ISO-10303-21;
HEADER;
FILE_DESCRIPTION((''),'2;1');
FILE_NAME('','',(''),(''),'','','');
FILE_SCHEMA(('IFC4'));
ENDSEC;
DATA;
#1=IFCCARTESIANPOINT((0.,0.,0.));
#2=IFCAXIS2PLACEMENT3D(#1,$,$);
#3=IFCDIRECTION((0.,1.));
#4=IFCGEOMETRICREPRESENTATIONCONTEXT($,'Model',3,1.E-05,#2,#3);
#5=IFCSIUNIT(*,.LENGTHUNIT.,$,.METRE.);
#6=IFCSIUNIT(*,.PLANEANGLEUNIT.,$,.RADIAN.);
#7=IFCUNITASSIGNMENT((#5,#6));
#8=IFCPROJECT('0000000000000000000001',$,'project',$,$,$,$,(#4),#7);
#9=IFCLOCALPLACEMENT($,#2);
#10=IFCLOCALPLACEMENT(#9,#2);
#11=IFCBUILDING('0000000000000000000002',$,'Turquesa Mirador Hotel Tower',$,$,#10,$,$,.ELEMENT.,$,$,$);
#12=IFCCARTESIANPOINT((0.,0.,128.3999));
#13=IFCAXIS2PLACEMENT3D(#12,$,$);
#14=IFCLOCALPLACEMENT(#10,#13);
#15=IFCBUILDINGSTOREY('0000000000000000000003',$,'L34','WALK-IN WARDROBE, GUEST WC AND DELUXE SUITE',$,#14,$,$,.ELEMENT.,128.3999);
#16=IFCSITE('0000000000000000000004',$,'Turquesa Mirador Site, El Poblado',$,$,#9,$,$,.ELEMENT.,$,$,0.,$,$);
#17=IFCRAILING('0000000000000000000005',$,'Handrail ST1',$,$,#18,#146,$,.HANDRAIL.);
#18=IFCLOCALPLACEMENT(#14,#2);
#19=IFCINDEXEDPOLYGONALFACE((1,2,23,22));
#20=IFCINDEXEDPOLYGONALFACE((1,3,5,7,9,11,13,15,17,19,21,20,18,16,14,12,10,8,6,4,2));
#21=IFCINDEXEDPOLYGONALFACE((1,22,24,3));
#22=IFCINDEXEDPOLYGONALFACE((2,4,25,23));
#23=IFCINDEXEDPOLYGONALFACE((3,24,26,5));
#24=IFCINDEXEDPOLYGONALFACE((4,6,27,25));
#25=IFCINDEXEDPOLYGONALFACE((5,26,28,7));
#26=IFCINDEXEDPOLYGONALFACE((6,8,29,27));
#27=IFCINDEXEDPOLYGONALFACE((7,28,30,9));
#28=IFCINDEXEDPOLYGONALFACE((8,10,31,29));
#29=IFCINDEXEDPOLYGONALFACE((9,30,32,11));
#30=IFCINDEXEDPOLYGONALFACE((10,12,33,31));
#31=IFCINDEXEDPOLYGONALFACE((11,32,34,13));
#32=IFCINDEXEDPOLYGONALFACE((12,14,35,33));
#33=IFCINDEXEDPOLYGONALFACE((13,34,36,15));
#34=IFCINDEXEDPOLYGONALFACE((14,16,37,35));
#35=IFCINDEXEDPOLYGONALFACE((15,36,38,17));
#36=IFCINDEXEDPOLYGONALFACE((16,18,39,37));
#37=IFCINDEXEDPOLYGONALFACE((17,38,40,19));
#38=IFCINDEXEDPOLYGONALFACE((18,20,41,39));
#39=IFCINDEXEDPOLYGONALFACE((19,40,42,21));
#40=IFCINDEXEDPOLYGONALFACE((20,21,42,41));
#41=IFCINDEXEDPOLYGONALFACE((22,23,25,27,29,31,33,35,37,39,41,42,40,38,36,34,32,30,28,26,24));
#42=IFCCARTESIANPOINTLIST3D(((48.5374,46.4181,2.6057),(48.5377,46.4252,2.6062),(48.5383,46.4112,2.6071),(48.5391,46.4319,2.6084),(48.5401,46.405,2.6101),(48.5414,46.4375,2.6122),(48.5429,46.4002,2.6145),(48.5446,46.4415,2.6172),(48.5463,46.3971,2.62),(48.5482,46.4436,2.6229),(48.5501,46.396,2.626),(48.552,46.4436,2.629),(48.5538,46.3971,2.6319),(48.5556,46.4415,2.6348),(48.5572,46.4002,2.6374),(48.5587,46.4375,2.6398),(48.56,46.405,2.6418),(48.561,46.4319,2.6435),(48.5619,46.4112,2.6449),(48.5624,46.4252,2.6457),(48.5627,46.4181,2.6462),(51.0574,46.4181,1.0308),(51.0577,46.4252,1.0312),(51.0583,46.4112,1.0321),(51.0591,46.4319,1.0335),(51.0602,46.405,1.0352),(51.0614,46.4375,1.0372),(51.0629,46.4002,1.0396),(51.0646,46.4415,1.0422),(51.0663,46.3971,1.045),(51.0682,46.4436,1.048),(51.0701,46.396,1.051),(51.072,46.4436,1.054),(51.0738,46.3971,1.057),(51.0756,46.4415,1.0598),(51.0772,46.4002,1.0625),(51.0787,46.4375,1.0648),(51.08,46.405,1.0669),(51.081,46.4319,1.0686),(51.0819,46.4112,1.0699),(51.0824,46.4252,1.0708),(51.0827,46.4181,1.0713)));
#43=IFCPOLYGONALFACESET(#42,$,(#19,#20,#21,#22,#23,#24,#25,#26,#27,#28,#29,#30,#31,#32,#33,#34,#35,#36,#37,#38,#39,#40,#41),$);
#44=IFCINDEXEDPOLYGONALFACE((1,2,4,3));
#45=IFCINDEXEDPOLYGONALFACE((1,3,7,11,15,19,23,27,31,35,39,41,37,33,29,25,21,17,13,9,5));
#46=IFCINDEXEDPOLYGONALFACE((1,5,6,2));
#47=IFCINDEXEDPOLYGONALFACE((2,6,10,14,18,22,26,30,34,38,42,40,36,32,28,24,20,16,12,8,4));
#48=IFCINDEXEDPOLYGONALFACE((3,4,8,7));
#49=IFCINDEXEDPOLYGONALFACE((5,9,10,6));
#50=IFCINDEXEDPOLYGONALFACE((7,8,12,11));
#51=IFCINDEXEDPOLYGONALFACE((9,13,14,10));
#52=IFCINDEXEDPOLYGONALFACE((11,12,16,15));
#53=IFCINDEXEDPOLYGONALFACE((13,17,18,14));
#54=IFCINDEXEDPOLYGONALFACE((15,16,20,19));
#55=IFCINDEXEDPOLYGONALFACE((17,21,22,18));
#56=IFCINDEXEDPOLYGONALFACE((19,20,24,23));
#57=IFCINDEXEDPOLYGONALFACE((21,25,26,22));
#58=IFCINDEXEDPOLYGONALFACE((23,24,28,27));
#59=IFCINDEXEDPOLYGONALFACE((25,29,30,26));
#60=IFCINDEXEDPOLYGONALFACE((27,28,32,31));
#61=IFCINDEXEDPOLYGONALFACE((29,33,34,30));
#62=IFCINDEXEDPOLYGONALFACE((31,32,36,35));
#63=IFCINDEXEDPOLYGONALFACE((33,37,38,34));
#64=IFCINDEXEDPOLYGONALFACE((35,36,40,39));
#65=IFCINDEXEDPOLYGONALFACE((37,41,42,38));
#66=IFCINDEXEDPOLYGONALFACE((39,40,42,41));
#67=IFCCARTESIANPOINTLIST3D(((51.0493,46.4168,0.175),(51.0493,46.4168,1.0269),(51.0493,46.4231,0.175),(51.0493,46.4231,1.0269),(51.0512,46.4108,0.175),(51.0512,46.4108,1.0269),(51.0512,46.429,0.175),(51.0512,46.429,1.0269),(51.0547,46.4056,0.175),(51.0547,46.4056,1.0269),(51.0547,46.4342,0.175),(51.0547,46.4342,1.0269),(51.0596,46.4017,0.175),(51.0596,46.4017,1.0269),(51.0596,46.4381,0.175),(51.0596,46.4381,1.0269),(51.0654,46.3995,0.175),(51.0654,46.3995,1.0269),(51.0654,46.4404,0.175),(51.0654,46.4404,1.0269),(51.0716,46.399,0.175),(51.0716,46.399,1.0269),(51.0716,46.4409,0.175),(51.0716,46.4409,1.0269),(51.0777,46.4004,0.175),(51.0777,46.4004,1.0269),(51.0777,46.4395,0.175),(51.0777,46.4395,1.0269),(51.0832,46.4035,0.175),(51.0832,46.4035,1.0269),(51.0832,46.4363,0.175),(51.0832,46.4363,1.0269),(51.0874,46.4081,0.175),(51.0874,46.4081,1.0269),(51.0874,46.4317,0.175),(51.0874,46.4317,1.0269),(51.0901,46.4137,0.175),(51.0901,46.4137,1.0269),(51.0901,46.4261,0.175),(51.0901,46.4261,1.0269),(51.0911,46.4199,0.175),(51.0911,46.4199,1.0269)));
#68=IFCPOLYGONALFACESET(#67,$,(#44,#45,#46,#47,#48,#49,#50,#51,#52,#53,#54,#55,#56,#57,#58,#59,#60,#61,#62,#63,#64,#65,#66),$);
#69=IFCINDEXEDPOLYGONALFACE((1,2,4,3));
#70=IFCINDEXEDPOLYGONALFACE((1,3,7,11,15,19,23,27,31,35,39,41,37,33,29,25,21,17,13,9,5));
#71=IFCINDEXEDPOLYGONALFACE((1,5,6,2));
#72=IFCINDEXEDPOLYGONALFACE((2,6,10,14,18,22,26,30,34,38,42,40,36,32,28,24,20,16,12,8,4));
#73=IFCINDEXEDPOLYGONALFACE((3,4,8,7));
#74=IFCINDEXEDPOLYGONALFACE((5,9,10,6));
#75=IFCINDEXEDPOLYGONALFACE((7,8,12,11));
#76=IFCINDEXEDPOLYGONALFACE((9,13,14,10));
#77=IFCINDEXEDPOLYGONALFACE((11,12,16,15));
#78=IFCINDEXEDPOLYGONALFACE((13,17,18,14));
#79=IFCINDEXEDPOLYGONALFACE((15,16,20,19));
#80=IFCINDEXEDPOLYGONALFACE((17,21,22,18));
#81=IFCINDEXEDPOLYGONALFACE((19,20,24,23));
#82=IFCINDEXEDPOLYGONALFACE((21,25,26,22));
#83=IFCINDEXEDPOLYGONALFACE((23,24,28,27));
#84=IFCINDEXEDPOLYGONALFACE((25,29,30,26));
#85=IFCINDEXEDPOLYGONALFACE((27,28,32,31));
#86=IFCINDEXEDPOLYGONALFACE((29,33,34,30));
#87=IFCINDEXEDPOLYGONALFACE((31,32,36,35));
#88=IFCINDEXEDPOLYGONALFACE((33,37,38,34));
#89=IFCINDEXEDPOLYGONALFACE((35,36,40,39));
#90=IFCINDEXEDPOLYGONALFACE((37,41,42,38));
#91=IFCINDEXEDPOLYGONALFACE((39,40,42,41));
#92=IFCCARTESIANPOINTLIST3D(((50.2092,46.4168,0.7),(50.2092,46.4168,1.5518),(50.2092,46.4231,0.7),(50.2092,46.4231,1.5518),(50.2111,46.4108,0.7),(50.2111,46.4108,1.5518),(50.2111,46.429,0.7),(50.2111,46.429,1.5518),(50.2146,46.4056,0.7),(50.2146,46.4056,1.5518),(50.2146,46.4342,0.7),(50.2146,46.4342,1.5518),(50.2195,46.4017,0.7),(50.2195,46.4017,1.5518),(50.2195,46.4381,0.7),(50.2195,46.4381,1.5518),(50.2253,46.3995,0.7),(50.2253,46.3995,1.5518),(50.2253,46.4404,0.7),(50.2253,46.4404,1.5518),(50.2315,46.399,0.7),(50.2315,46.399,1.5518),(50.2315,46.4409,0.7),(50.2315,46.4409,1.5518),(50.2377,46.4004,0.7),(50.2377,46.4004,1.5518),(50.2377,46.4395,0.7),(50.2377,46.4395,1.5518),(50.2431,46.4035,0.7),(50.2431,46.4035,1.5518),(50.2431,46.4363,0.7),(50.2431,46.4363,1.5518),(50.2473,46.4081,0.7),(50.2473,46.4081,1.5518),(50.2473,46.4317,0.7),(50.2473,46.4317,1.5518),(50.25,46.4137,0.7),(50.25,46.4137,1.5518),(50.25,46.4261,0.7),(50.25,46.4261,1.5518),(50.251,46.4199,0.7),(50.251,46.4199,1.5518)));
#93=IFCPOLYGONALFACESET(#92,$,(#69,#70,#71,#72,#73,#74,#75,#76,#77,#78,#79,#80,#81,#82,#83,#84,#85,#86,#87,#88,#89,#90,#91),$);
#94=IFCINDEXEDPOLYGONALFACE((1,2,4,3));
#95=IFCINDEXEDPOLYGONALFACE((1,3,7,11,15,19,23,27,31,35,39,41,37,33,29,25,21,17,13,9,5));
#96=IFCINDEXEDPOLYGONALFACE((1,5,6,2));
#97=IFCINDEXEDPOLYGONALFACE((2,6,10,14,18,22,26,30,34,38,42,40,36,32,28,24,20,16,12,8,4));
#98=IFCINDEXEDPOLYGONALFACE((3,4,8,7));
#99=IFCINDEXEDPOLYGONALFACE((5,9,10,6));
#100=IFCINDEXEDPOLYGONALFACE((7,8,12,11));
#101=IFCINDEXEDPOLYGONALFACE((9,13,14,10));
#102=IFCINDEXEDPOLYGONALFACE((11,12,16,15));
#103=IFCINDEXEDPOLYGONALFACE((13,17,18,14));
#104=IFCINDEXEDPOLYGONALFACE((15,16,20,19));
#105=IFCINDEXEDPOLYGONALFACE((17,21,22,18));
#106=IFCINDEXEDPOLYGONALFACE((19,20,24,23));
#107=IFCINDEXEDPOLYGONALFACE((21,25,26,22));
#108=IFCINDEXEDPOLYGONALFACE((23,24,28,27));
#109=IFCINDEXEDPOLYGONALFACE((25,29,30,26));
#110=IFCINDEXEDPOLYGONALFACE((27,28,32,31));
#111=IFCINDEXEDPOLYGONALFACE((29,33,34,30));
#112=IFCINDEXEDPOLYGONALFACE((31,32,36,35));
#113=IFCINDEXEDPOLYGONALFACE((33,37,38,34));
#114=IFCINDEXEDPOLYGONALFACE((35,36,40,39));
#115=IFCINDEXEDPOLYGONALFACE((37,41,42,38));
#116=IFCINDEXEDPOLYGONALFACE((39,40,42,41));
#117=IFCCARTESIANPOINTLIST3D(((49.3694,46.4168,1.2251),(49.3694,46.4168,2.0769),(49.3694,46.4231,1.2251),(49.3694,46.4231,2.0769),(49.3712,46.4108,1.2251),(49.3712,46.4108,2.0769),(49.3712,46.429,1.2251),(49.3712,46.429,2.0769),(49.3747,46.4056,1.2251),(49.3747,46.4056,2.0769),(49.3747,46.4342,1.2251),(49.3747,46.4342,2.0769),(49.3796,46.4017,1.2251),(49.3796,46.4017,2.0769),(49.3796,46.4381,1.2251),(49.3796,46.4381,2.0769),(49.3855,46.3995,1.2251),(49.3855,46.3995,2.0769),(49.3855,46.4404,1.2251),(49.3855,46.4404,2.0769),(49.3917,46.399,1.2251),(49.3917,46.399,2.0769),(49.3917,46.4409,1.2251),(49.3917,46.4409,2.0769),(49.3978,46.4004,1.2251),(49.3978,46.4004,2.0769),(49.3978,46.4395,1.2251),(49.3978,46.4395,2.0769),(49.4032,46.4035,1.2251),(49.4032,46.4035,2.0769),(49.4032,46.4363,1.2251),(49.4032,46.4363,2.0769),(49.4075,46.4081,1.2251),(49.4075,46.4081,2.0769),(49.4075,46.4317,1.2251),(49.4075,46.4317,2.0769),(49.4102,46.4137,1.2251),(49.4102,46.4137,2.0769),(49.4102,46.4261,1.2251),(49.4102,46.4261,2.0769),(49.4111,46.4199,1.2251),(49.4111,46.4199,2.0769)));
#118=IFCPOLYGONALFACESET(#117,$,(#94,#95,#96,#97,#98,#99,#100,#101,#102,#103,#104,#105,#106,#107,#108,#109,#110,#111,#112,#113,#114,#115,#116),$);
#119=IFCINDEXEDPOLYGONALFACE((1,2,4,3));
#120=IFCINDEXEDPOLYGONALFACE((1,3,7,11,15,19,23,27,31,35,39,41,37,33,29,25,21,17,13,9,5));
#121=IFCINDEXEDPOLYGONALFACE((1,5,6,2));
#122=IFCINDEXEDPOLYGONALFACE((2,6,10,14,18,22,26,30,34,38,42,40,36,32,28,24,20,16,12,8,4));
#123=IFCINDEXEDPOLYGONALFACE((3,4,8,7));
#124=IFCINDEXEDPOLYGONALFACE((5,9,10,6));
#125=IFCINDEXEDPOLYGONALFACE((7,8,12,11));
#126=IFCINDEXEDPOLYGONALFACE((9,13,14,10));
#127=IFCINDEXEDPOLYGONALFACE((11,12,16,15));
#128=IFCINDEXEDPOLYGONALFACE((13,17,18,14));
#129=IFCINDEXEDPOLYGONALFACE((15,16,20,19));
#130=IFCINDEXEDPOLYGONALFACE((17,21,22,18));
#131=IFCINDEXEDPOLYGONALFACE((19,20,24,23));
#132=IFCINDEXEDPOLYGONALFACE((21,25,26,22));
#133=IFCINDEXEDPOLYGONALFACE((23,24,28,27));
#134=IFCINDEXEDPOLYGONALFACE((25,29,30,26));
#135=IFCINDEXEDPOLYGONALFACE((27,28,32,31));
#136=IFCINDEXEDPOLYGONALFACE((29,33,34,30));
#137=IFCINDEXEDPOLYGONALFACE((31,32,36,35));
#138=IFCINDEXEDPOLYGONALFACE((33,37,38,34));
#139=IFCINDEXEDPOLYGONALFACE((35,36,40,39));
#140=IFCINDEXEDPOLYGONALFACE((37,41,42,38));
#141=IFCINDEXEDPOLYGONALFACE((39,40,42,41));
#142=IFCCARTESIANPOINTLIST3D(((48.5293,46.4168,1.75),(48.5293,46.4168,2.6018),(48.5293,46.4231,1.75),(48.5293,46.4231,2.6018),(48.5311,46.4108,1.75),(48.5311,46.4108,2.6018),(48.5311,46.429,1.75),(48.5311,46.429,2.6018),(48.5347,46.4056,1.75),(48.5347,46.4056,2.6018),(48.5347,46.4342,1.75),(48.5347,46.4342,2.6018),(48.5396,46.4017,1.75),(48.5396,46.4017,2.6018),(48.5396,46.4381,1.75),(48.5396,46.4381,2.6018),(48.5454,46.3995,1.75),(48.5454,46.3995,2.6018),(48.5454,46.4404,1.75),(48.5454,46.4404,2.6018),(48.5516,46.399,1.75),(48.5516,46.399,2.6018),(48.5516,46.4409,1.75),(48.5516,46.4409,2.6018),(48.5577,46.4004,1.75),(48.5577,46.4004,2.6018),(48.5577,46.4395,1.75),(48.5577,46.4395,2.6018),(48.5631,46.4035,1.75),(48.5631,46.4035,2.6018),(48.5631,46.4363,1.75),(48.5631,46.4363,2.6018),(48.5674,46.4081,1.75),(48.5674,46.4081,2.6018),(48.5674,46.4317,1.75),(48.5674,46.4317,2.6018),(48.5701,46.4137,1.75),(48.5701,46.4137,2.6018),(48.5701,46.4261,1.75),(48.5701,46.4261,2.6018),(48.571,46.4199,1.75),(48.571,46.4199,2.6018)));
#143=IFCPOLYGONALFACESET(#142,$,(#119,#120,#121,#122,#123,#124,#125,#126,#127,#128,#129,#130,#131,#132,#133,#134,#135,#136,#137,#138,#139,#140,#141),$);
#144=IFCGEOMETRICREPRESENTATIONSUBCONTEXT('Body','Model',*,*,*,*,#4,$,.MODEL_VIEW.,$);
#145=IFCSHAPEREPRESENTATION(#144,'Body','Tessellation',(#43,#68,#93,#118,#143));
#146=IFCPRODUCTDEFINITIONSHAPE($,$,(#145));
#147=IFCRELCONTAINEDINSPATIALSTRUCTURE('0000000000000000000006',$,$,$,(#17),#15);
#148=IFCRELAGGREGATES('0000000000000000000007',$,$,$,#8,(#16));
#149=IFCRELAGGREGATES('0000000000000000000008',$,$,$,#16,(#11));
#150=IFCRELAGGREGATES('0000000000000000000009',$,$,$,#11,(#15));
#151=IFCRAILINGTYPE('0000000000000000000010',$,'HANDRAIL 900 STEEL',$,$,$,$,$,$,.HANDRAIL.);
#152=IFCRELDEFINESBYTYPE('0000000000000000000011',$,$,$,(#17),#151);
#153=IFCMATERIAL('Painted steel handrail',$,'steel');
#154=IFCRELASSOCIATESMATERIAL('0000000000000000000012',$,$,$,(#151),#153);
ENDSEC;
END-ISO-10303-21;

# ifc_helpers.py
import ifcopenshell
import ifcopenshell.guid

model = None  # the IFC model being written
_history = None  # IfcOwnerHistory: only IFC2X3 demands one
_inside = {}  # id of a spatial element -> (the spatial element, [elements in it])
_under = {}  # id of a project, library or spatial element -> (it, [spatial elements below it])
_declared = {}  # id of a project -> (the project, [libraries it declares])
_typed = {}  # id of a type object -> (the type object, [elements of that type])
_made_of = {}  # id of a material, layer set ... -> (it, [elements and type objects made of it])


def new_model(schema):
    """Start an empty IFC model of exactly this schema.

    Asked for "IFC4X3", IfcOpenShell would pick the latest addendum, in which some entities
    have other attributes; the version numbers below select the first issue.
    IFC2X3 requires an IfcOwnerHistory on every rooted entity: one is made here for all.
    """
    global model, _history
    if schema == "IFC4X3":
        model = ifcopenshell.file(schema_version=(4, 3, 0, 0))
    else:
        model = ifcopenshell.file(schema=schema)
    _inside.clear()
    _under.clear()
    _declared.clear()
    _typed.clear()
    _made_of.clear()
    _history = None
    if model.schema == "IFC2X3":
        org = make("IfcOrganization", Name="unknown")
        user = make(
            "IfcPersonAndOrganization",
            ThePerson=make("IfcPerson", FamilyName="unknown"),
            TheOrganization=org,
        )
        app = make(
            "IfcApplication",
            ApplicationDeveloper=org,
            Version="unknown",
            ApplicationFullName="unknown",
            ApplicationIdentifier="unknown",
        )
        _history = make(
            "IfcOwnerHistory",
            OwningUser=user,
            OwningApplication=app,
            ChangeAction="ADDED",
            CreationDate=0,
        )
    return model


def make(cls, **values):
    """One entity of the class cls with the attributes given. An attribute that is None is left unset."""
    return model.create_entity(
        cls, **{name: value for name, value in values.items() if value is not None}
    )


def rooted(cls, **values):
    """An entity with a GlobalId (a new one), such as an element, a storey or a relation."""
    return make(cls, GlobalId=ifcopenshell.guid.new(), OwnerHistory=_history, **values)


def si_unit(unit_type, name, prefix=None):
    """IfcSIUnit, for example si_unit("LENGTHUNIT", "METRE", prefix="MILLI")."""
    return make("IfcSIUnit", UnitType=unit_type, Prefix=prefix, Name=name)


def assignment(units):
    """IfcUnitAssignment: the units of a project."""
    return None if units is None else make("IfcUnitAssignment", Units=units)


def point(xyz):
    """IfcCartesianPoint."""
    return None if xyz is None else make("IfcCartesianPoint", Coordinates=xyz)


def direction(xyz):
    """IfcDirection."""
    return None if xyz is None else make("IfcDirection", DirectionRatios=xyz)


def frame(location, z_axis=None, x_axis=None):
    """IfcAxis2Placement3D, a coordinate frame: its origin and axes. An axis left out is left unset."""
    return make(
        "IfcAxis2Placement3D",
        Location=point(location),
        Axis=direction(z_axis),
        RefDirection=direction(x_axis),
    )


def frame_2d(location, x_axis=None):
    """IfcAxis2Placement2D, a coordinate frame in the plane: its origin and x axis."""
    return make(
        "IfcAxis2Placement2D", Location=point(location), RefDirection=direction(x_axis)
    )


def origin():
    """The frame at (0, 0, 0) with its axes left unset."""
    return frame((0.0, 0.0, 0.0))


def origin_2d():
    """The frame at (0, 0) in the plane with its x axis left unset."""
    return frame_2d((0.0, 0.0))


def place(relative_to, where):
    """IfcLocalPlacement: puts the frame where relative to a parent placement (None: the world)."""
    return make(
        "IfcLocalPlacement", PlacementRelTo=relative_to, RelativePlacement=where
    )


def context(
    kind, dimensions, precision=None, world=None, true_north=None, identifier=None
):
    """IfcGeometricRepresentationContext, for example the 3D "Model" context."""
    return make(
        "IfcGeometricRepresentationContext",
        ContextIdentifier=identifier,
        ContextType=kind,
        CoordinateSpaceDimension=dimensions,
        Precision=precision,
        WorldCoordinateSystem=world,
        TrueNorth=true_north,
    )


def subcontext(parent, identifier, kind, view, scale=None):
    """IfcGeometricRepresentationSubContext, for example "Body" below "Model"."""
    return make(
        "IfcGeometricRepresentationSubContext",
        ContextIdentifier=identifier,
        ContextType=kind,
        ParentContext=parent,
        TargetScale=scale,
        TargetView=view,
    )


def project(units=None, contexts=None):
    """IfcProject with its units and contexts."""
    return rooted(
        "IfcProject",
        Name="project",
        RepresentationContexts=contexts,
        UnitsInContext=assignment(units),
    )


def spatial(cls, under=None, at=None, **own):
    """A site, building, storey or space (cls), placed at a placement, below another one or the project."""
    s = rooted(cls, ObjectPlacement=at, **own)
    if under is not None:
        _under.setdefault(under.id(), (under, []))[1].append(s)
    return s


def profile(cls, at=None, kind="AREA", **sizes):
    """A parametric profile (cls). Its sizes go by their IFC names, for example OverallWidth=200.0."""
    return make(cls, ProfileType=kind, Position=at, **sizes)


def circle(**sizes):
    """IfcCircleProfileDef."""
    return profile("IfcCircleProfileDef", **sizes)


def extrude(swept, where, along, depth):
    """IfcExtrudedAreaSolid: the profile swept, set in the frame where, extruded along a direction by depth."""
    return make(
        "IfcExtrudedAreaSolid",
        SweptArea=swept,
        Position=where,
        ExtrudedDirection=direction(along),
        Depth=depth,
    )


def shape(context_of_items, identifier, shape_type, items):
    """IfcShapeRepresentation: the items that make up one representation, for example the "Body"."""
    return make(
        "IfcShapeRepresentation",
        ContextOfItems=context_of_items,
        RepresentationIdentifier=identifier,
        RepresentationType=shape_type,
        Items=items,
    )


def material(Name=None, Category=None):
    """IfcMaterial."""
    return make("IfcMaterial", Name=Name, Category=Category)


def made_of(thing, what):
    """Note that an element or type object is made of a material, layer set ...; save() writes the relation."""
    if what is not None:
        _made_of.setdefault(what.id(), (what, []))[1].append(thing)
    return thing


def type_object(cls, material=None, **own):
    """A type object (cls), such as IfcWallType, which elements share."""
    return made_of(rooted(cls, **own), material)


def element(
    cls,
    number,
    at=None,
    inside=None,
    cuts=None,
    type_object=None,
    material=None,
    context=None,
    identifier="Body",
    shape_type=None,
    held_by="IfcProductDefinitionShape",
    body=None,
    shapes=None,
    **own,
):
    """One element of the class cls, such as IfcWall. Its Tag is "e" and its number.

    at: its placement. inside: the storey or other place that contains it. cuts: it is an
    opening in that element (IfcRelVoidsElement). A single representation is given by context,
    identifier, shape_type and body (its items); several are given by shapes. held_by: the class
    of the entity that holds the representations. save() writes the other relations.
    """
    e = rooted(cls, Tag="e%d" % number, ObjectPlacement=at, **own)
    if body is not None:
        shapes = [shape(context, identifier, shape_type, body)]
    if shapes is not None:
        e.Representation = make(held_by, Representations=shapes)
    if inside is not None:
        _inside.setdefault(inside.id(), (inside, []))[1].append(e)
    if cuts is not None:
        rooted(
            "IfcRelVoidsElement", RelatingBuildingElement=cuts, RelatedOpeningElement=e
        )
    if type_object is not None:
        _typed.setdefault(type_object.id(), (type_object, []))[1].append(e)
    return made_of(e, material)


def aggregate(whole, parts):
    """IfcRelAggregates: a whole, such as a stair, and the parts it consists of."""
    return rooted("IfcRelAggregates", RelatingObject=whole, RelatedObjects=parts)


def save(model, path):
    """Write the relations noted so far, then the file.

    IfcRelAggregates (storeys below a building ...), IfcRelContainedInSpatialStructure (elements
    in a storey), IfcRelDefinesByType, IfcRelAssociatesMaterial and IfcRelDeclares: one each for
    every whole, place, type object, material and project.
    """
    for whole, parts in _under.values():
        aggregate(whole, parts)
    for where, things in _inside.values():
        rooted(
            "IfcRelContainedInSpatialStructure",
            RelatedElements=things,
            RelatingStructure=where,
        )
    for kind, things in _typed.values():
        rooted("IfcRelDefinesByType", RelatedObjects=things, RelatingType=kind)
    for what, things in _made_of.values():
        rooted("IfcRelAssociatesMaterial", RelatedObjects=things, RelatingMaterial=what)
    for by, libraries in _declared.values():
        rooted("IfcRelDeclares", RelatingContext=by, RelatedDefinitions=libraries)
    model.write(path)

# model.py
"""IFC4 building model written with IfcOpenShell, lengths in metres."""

from ifc_helpers import new_model, si_unit, direction, frame, origin, origin_2d, place, context, subcontext, project, spatial, circle, extrude, material, type_object, element, save


model = new_model("IFC4")

# Units and contexts
model_context = context("Model", 3, precision=1e-05, world=origin(), true_north=direction((0.0, 1.0)))
body_context = subcontext(model_context, "Body", "Model", "MODEL_VIEW")
ifc_project = project(units=[si_unit("LENGTHUNIT", "METRE"), si_unit("PLANEANGLEUNIT", "RADIAN")], contexts=[model_context])

# Site, building, storey
site_placement = place(None, origin())
site = spatial("IfcSite", under=ifc_project, at=site_placement, Name="Turquesa Mirador Site, El Poblado", CompositionType="ELEMENT", RefElevation=0.0)
building_placement = place(site_placement, origin())
building = spatial("IfcBuilding", under=site, at=building_placement, Name="Turquesa Mirador Hotel Tower", CompositionType="ELEMENT")
storey_placement = place(building_placement, frame((0.0, 0.0, 128.3999)))
storey = spatial("IfcBuildingStorey", under=building, at=storey_placement, Name="L34", Description="WALK-IN WARDROBE, GUEST WC AND DELUXE SUITE", CompositionType="ELEMENT", Elevation=128.3999)

# Railing
ifc_material_1 = material(Name="Painted steel handrail", Category="steel")
railing_type = type_object("IfcRailingType", Name="HANDRAIL 900 STEEL", PredefinedType="HANDRAIL", material=ifc_material_1)
railing_1_placement = place(storey_placement, frame((51.0701, 46.4199, 0.175)))
element("IfcRailing", 1, at=railing_1_placement, inside=storey, type_object=railing_type, Name="Handrail ST1", PredefinedType="HANDRAIL", context=body_context, shape_type="SweptSolid", body=[
    extrude(circle(Radius=0.0239, at=origin_2d()), frame((0.0, 0.0, 0.876), z_axis=(-0.848008, 0.0, 0.529984), x_axis=(0.0, -1.0, 0.0)), (0.0, 0.0, 1.0), 2.9717),
    extrude(circle(Radius=0.021, at=origin_2d()), origin(), (0.0, 0.0, 1.0), 0.8518),
    extrude(circle(Radius=0.021, at=origin_2d()), frame((-0.8401, 0.0, 0.5249)), (0.0, 0.0, 1.0), 0.8518),
    extrude(circle(Radius=0.021, at=origin_2d()), frame((-1.6799, 0.0, 1.05)), (0.0, 0.0, 1.0), 0.8518),
    extrude(circle(Radius=0.021, at=origin_2d()), frame((-2.52, 0.0, 1.575)), (0.0, 0.0, 1.0), 0.8518),
])

save(model, "model.ifc")
